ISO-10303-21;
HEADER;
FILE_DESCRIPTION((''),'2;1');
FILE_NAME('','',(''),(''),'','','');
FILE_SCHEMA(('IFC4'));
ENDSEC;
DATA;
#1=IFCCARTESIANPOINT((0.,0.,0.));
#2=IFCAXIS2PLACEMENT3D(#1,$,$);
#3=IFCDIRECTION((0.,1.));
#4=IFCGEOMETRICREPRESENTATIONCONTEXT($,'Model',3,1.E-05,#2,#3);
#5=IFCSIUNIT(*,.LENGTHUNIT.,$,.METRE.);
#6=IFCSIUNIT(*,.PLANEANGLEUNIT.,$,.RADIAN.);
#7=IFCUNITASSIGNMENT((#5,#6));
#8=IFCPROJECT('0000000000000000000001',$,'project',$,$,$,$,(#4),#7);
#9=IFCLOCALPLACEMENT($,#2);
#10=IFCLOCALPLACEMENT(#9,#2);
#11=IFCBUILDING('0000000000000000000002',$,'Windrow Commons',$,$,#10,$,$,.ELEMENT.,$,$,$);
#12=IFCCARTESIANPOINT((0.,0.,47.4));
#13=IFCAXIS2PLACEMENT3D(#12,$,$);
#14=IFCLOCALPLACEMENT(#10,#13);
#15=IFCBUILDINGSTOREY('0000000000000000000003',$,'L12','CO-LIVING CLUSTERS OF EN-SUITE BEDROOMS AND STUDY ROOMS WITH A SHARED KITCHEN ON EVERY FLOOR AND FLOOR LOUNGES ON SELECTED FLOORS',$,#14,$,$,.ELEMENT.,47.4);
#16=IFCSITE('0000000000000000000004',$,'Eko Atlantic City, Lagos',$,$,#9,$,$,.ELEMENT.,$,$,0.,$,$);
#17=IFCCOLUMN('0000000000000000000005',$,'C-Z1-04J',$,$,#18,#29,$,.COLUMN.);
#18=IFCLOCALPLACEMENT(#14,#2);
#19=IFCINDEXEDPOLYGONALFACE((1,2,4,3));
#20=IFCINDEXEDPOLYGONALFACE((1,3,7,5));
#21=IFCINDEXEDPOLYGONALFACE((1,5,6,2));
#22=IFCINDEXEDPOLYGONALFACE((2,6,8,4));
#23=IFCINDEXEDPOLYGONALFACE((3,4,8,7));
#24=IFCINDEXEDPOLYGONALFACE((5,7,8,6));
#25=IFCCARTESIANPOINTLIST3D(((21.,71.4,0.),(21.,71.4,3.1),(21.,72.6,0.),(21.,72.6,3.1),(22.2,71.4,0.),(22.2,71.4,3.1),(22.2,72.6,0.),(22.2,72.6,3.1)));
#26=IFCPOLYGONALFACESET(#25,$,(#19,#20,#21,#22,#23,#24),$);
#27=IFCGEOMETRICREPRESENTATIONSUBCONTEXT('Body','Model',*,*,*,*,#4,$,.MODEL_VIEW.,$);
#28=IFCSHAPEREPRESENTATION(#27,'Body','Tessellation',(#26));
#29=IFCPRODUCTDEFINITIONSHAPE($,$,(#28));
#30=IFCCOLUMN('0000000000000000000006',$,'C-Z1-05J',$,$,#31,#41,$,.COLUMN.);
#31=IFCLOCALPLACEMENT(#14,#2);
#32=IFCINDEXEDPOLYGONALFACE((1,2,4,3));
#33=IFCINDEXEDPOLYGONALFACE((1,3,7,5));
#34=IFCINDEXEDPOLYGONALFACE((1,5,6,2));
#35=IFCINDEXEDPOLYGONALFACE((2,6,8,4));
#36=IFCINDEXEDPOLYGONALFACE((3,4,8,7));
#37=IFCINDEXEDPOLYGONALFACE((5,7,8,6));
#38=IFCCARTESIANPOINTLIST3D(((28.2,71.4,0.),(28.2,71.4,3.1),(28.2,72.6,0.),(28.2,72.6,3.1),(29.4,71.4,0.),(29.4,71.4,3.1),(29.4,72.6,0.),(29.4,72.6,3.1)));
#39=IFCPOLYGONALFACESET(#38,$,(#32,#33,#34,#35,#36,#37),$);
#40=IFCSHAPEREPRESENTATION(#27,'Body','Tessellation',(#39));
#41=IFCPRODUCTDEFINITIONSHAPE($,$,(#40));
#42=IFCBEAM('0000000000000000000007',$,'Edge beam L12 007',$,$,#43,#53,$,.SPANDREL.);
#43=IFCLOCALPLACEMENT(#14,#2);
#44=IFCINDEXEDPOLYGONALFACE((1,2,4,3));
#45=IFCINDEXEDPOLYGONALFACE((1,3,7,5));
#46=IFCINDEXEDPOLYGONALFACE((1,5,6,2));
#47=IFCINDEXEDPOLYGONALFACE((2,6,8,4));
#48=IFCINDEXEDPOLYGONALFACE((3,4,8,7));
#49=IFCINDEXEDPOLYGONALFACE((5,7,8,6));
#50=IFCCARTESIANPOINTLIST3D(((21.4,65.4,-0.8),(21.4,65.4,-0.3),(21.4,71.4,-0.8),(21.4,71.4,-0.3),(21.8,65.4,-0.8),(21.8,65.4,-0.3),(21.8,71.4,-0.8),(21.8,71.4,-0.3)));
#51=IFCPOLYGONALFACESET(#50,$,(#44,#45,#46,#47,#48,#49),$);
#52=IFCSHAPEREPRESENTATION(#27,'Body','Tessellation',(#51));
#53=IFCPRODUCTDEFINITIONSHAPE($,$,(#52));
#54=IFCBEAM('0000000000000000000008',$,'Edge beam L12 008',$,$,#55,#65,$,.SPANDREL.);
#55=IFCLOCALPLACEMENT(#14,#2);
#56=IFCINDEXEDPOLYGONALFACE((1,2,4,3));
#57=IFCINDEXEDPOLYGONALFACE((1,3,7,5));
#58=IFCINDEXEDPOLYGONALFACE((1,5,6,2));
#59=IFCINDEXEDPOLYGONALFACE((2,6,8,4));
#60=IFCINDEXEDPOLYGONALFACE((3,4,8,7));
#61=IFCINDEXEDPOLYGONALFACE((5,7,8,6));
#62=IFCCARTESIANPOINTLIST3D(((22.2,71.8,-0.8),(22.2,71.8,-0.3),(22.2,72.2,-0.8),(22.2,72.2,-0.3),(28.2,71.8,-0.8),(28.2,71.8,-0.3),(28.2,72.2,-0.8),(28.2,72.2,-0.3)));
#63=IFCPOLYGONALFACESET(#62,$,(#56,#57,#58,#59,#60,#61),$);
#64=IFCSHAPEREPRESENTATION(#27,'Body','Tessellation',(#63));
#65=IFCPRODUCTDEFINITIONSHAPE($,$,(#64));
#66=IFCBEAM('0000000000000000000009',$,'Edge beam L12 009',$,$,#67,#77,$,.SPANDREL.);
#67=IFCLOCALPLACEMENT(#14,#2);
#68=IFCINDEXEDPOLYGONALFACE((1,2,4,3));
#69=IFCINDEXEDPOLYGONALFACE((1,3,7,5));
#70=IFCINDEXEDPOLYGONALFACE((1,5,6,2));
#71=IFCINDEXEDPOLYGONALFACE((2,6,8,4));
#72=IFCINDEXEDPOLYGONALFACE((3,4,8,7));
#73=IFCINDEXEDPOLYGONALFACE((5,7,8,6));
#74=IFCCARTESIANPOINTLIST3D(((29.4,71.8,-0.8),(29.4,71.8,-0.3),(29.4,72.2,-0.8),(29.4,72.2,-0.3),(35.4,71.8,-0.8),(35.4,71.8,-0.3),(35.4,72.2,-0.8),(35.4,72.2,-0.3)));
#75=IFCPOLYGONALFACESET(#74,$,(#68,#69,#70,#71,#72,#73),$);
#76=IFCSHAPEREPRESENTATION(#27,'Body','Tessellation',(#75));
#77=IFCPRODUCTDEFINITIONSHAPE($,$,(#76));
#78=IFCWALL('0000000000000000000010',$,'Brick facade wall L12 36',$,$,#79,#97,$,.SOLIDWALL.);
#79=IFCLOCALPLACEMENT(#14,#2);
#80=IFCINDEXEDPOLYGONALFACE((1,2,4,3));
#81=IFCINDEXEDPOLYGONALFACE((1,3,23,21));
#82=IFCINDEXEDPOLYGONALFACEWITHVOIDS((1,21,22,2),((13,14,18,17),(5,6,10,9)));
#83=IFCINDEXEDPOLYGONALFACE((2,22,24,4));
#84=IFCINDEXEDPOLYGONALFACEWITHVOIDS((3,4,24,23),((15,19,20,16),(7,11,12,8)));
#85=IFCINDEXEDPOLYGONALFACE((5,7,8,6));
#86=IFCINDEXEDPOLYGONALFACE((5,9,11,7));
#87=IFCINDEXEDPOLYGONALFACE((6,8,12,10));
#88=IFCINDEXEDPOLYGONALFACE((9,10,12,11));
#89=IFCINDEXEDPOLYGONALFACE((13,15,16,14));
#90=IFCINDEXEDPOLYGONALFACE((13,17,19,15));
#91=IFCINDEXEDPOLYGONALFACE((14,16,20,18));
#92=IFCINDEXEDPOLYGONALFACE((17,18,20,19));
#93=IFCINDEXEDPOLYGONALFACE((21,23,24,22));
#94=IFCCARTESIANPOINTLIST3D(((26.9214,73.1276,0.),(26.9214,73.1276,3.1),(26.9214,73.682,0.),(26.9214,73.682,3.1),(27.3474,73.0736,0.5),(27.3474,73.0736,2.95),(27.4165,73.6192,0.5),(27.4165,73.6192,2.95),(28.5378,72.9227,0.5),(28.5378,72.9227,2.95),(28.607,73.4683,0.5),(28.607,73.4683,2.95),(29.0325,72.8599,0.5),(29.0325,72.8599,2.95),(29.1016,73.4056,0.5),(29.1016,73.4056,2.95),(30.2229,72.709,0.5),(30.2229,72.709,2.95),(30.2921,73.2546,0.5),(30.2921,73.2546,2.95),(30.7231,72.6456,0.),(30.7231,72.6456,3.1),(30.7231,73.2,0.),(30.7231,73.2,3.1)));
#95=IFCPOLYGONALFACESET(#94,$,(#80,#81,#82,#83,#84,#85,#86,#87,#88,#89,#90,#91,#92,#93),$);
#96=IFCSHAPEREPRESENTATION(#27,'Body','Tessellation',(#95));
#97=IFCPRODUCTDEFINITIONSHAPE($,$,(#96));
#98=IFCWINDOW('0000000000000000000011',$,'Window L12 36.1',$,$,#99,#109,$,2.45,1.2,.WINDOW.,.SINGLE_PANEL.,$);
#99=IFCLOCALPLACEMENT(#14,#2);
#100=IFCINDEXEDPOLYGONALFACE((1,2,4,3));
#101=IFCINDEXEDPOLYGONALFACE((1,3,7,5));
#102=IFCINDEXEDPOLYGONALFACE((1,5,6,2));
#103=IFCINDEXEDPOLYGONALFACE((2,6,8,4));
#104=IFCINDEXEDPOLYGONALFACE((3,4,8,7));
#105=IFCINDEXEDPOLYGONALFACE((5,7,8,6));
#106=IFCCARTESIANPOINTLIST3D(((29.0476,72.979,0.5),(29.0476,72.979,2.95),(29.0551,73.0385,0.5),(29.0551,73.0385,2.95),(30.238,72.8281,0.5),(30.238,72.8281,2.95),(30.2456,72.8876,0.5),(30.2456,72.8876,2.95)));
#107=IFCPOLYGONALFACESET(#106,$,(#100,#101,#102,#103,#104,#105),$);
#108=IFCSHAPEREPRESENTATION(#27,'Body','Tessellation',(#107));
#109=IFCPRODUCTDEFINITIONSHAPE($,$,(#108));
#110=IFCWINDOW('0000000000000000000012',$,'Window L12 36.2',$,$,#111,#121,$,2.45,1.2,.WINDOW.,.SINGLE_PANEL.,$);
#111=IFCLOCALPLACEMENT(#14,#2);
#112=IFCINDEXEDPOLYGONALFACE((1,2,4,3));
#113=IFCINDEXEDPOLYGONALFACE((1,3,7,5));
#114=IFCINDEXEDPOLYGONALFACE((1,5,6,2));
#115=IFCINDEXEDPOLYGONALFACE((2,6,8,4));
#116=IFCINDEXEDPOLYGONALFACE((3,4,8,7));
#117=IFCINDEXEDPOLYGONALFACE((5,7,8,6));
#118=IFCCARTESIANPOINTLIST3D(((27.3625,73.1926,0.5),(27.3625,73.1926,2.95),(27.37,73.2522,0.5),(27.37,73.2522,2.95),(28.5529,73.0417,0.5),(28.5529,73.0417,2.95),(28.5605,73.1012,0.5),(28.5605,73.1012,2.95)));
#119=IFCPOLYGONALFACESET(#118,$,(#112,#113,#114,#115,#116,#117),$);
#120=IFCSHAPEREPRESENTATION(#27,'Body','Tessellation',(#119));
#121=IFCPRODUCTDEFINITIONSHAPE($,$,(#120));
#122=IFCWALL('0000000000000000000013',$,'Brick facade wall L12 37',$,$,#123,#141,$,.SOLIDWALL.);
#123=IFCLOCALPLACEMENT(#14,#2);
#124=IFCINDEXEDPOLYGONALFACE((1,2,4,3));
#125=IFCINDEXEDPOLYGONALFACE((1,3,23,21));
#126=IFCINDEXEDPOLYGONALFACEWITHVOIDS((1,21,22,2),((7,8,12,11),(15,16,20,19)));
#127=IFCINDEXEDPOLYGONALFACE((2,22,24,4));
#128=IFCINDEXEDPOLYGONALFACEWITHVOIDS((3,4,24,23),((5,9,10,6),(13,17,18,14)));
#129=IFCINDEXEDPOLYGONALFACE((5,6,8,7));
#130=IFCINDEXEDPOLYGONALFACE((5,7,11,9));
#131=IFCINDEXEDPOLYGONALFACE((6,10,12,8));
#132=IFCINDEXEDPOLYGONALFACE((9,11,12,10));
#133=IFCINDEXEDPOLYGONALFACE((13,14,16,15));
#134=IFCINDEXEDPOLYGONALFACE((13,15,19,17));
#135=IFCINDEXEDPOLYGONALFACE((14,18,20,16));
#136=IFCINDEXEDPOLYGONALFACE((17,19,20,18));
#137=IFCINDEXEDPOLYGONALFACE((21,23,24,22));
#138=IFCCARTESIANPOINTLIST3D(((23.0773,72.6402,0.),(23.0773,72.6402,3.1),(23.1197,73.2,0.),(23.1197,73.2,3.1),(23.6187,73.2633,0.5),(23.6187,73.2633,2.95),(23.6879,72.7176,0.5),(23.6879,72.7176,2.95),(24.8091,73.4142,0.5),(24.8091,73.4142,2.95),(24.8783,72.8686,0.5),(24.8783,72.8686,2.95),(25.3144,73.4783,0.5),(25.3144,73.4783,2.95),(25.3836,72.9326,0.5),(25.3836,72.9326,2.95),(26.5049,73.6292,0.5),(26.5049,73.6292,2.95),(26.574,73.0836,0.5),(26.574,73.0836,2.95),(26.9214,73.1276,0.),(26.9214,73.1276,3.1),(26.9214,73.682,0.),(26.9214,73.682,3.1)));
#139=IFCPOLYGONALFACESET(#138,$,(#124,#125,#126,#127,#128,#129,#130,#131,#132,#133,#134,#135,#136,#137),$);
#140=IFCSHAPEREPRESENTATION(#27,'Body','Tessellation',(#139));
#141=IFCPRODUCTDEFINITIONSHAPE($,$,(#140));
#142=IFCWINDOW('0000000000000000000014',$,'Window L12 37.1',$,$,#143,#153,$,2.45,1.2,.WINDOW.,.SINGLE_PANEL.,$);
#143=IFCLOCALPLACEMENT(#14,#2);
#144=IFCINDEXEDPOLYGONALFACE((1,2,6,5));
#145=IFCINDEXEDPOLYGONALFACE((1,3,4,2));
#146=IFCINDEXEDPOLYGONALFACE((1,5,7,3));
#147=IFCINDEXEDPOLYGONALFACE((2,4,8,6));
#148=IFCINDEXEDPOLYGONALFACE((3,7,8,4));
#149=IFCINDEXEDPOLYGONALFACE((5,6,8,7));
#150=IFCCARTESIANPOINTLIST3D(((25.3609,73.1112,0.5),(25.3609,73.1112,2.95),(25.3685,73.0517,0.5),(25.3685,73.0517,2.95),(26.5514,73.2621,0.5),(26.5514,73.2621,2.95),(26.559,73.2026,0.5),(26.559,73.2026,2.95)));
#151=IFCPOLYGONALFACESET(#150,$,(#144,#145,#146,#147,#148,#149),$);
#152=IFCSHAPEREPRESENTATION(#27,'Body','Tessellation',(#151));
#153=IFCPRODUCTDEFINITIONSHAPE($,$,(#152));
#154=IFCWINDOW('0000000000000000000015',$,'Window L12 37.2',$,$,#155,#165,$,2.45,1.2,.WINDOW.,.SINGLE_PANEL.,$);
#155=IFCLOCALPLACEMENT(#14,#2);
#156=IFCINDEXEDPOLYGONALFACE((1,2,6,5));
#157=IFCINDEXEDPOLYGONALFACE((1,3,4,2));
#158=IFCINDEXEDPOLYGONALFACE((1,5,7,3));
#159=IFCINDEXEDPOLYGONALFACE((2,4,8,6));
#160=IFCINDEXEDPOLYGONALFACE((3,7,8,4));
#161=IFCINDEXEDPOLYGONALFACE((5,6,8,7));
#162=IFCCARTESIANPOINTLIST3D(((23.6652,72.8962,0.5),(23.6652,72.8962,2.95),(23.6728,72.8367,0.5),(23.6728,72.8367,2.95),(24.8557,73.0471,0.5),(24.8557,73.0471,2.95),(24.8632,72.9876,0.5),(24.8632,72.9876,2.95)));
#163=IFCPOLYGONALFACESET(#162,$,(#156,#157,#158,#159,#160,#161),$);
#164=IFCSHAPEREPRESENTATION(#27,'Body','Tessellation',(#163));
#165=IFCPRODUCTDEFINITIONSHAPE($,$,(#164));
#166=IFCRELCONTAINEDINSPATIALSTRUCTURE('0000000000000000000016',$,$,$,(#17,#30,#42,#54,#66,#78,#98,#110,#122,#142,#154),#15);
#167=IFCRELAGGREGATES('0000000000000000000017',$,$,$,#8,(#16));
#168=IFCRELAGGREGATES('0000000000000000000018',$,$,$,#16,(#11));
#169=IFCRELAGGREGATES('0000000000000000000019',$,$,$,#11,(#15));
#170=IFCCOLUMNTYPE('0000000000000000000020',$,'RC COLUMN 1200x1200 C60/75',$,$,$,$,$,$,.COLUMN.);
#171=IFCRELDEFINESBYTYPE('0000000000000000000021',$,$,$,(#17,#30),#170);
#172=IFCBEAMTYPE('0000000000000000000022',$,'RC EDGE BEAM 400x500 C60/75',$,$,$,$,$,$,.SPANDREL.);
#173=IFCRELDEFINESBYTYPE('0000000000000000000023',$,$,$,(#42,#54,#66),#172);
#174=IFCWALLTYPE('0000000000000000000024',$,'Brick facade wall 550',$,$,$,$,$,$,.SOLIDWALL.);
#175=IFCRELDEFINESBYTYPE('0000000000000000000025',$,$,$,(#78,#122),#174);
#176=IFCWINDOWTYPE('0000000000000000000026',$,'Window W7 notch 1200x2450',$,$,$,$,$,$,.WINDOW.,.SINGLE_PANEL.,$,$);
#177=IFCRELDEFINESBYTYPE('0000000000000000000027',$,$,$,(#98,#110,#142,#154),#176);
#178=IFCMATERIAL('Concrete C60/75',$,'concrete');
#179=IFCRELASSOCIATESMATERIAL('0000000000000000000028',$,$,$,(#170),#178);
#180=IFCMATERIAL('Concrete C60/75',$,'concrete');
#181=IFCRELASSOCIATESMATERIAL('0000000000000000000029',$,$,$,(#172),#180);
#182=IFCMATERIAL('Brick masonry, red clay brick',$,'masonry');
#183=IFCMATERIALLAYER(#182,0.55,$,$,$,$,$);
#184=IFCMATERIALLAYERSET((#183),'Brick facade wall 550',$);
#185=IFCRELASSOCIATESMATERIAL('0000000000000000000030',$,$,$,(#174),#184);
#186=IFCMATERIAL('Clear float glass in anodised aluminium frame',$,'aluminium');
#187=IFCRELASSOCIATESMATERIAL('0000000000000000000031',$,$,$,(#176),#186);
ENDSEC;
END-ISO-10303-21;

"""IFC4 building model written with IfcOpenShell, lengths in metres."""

from ifc_helpers import new_model, si_unit, direction, frame, frame_2d, origin, origin_2d, place, context, subcontext, project, spatial, polyline, rectangle, outline, extrude, material, layer, layer_set, material_profile, profile_set, type_object, element, fill, save


model = new_model("IFC4")

# Units and contexts
model_context = context("Model", 3, precision=1e-05, world=origin(), true_north=direction((0.0, 1.0)))
body_context = subcontext(model_context, "Body", "Model", "MODEL_VIEW")
ifc_project = project(units=[si_unit("LENGTHUNIT", "METRE"), si_unit("PLANEANGLEUNIT", "RADIAN")], contexts=[model_context])

# Site, building, storey
site_placement = place(None, origin())
site = spatial("IfcSite", under=ifc_project, at=site_placement, Name="Eko Atlantic City, Lagos", CompositionType="ELEMENT", RefElevation=0.0)
building_placement = place(site_placement, origin())
building = spatial("IfcBuilding", under=site, at=building_placement, Name="Windrow Commons", CompositionType="ELEMENT")
storey_placement = place(building_placement, frame((0.0, 0.0, 47.4)))
storey = spatial("IfcBuildingStorey", under=building, at=storey_placement, Name="L12", Description="CO-LIVING CLUSTERS OF EN-SUITE BEDROOMS AND STUDY ROOMS WITH A SHARED KITCHEN ON EVERY FLOOR AND FLOOR LOUNGES ON SELECTED FLOORS", CompositionType="ELEMENT", Elevation=47.4)

# Columns
ifc_material_1 = material(Name="Concrete C60/75", Category="concrete")
ifc_material_profile_1 = material_profile(ifc_material_1, rectangle(XDim=1.2, YDim=1.2, at=origin_2d()))
ifc_profile_set_1 = profile_set([ifc_material_profile_1], Name="Concrete C60/75")
column_type = type_object("IfcColumnType", Name="RC COLUMN 1200x1200 C60/75", PredefinedType="COLUMN", material=ifc_profile_set_1)
for number, where, z_axis, x_axis, name in (
    (1, (21.6, 72.0, 0.0), (0.0, 0.0, 1.0), (1.0, 0.0, 0.0), "C-Z1-04J"),
    (2, (28.8, 72.0, 0.0), (0.0, 0.0, 1.0), (1.0, 0.0, 0.0), "C-Z1-05J"),
):
    element("IfcColumn", number, at=place(storey_placement, frame(where, z_axis=z_axis, x_axis=x_axis)), inside=storey, type_object=column_type, Name=name, PredefinedType="COLUMN", context=body_context, shape_type="SweptSolid", body=[
        extrude(rectangle(XDim=1.2, YDim=1.2, at=origin_2d()), origin(), (0.0, 0.0, 1.0), 3.1),
    ])

# Beams
ifc_material_2 = material(Name="Concrete C60/75", Category="concrete")
ifc_material_profile_2 = material_profile(ifc_material_2, rectangle(XDim=0.4, YDim=0.5, at=origin_2d()))
ifc_profile_set_2 = profile_set([ifc_material_profile_2], Name="Concrete C60/75")
beam_type = type_object("IfcBeamType", Name="RC EDGE BEAM 400x500 C60/75", PredefinedType="SPANDREL", material=ifc_profile_set_2)
for number, where, z_axis, x_axis, name in (
    (3, (21.6, 65.4, -0.55), (0.0, 1.0, 0.0), (-1.0, 0.0, 0.0), "Edge beam L12 007"),
    (4, (22.2, 72.0, -0.55), (1.0, 0.0, 0.0), (0.0, 1.0, 0.0), "Edge beam L12 008"),
    (5, (29.4, 72.0, -0.55), (1.0, 0.0, 0.0), (0.0, 1.0, 0.0), "Edge beam L12 009"),
):
    element("IfcBeam", number, at=place(storey_placement, frame(where, z_axis=z_axis, x_axis=x_axis)), inside=storey, type_object=beam_type, Name=name, PredefinedType="SPANDREL", context=body_context, shape_type="SweptSolid", body=[
        extrude(rectangle(XDim=0.4, YDim=0.5, at=origin_2d()), origin(), (0.0, 0.0, 1.0), 6.0),
    ])

# Walls, openings, windows
ifc_material_3 = material(Name="Brick masonry, red clay brick", Category="masonry")
ifc_layer_1 = layer(ifc_material_3, 0.55)
ifc_layer_set_1 = layer_set([ifc_layer_1], Name="Brick facade wall 550")
wall_type_1 = type_object("IfcWallType", Name="Brick facade wall 550", PredefinedType="SOLIDWALL", material=ifc_layer_set_1)
wall_1_placement = place(storey_placement, frame((30.7231, 72.9228, 0.0), z_axis=(0.0, 0.0, 1.0), x_axis=(-0.992058, 0.125779, 0.0)))
wall_1 = element("IfcWall", 6, at=wall_1_placement, inside=storey, type_object=wall_type_1, Name="Brick facade wall L12 36", PredefinedType="SOLIDWALL", context=body_context, shape_type="SweptSolid", body=[
    extrude(outline(polyline([(0.0349, -0.275), (3.867, -0.275), (3.7973, 0.275), (-0.0349, 0.275), (0.0349, -0.275)])), origin(), (0.0, 0.0, 1.0), 3.1),
])
opening_1_placement = place(wall_1_placement, frame((0.4693, 0.0, 0.5)))
opening_1 = element("IfcOpeningElement", 7, at=opening_1_placement, cuts=wall_1, PredefinedType="OPENING", context=body_context, shape_type="SweptSolid", body=[
    extrude(rectangle(XDim=1.2, YDim=2.45, at=frame_2d((0.6, 1.225))), frame((0.0, 0.285, 0.0), z_axis=(0.0, -1.0, 0.0), x_axis=(1.0, 0.0, 0.0)), (0.0, 0.0, 1.0), 0.57),
])
opening_2_placement = place(wall_1_placement, frame((2.1679, 0.0, 0.5)))
opening_2 = element("IfcOpeningElement", 8, at=opening_2_placement, cuts=wall_1, PredefinedType="OPENING", context=body_context, shape_type="SweptSolid", body=[
    extrude(rectangle(XDim=1.2, YDim=2.45, at=frame_2d((0.6, 1.225))), frame((0.0, 0.285, 0.0), z_axis=(0.0, -1.0, 0.0), x_axis=(1.0, 0.0, 0.0)), (0.0, 0.0, 1.0), 0.57),
])
ifc_material_4 = material(Name="Clear float glass in anodised aluminium frame", Category="aluminium")
window_type_1 = type_object("IfcWindowType", Name="Window W7 notch 1200x2450", PartitioningType="SINGLE_PANEL", PredefinedType="WINDOW", material=ifc_material_4)
window_1_placement = place(opening_1_placement, origin())
window_1 = element("IfcWindow", 9, at=window_1_placement, inside=storey, type_object=window_type_1, Name="Window L12 36.1", OverallHeight=2.45, OverallWidth=1.2, PartitioningType="SINGLE_PANEL", PredefinedType="WINDOW", context=body_context, shape_type="SweptSolid", body=[
    extrude(rectangle(XDim=1.2, YDim=2.45, at=frame_2d((0.6, 1.225))), frame((0.0, 0.155, 0.0), z_axis=(0.0, -1.0, 0.0), x_axis=(1.0, 0.0, 0.0)), (0.0, 0.0, 1.0), 0.06),
])
fill(opening_1, window_1)
window_2_placement = place(opening_2_placement, origin())
window_2 = element("IfcWindow", 10, at=window_2_placement, inside=storey, type_object=window_type_1, Name="Window L12 36.2", OverallHeight=2.45, OverallWidth=1.2, PartitioningType="SINGLE_PANEL", PredefinedType="WINDOW", context=body_context, shape_type="SweptSolid", body=[
    extrude(rectangle(XDim=1.2, YDim=2.45, at=frame_2d((0.6, 1.225))), frame((0.0, 0.155, 0.0), z_axis=(0.0, -1.0, 0.0), x_axis=(1.0, 0.0, 0.0)), (0.0, 0.0, 1.0), 0.06),
])
fill(opening_2, window_2)
wall_2_placement = place(storey_placement, frame((26.9214, 73.4048, 0.0), z_axis=(0.0, 0.0, 1.0), x_axis=(-0.992058, -0.125782, 0.0)))
wall_2 = element("IfcWall", 11, at=wall_2_placement, inside=storey, type_object=wall_type_1, Name="Brick facade wall L12 37", PredefinedType="SOLIDWALL", context=body_context, shape_type="SweptSolid", body=[
    extrude(outline(polyline([(-0.0349, -0.275), (3.7973, -0.275), (3.9097, 0.275), (0.0349, 0.275), (-0.0349, -0.275)])), origin(), (0.0, 0.0, 1.0), 3.1),
])
opening_3_placement = place(wall_2_placement, frame((0.385, 0.0, 0.5)))
opening_3 = element("IfcOpeningElement", 12, at=opening_3_placement, cuts=wall_2, PredefinedType="OPENING", context=body_context, shape_type="SweptSolid", body=[
    extrude(rectangle(XDim=1.2, YDim=2.45, at=frame_2d((0.6, 1.225))), frame((0.0, 0.285, 0.0), z_axis=(0.0, -1.0, 0.0), x_axis=(1.0, 0.0, 0.0)), (0.0, 0.0, 1.0), 0.57),
])
opening_4_placement = place(wall_2_placement, frame((2.0943, 0.0, 0.5)))
opening_4 = element("IfcOpeningElement", 13, at=opening_4_placement, cuts=wall_2, PredefinedType="OPENING", context=body_context, shape_type="SweptSolid", body=[
    extrude(rectangle(XDim=1.2, YDim=2.45, at=frame_2d((0.6, 1.225))), frame((0.0, 0.285, 0.0), z_axis=(0.0, -1.0, 0.0), x_axis=(1.0, 0.0, 0.0)), (0.0, 0.0, 1.0), 0.57),
])
window_3_placement = place(opening_3_placement, origin())
window_3 = element("IfcWindow", 14, at=window_3_placement, inside=storey, type_object=window_type_1, Name="Window L12 37.1", OverallHeight=2.45, OverallWidth=1.2, PartitioningType="SINGLE_PANEL", PredefinedType="WINDOW", context=body_context, shape_type="SweptSolid", body=[
    extrude(rectangle(XDim=1.2, YDim=2.45, at=frame_2d((0.6, 1.225))), frame((0.0, 0.155, 0.0), z_axis=(0.0, -1.0, 0.0), x_axis=(1.0, 0.0, 0.0)), (0.0, 0.0, 1.0), 0.06),
])
fill(opening_3, window_3)
window_4_placement = place(opening_4_placement, origin())
window_4 = element("IfcWindow", 15, at=window_4_placement, inside=storey, type_object=window_type_1, Name="Window L12 37.2", OverallHeight=2.45, OverallWidth=1.2, PartitioningType="SINGLE_PANEL", PredefinedType="WINDOW", context=body_context, shape_type="SweptSolid", body=[
    extrude(rectangle(XDim=1.2, YDim=2.45, at=frame_2d((0.6, 1.225))), frame((0.0, 0.155, 0.0), z_axis=(0.0, -1.0, 0.0), x_axis=(1.0, 0.0, 0.0)), (0.0, 0.0, 1.0), 0.06),
])
fill(opening_4, window_4)

save(model, "model.ifc")
